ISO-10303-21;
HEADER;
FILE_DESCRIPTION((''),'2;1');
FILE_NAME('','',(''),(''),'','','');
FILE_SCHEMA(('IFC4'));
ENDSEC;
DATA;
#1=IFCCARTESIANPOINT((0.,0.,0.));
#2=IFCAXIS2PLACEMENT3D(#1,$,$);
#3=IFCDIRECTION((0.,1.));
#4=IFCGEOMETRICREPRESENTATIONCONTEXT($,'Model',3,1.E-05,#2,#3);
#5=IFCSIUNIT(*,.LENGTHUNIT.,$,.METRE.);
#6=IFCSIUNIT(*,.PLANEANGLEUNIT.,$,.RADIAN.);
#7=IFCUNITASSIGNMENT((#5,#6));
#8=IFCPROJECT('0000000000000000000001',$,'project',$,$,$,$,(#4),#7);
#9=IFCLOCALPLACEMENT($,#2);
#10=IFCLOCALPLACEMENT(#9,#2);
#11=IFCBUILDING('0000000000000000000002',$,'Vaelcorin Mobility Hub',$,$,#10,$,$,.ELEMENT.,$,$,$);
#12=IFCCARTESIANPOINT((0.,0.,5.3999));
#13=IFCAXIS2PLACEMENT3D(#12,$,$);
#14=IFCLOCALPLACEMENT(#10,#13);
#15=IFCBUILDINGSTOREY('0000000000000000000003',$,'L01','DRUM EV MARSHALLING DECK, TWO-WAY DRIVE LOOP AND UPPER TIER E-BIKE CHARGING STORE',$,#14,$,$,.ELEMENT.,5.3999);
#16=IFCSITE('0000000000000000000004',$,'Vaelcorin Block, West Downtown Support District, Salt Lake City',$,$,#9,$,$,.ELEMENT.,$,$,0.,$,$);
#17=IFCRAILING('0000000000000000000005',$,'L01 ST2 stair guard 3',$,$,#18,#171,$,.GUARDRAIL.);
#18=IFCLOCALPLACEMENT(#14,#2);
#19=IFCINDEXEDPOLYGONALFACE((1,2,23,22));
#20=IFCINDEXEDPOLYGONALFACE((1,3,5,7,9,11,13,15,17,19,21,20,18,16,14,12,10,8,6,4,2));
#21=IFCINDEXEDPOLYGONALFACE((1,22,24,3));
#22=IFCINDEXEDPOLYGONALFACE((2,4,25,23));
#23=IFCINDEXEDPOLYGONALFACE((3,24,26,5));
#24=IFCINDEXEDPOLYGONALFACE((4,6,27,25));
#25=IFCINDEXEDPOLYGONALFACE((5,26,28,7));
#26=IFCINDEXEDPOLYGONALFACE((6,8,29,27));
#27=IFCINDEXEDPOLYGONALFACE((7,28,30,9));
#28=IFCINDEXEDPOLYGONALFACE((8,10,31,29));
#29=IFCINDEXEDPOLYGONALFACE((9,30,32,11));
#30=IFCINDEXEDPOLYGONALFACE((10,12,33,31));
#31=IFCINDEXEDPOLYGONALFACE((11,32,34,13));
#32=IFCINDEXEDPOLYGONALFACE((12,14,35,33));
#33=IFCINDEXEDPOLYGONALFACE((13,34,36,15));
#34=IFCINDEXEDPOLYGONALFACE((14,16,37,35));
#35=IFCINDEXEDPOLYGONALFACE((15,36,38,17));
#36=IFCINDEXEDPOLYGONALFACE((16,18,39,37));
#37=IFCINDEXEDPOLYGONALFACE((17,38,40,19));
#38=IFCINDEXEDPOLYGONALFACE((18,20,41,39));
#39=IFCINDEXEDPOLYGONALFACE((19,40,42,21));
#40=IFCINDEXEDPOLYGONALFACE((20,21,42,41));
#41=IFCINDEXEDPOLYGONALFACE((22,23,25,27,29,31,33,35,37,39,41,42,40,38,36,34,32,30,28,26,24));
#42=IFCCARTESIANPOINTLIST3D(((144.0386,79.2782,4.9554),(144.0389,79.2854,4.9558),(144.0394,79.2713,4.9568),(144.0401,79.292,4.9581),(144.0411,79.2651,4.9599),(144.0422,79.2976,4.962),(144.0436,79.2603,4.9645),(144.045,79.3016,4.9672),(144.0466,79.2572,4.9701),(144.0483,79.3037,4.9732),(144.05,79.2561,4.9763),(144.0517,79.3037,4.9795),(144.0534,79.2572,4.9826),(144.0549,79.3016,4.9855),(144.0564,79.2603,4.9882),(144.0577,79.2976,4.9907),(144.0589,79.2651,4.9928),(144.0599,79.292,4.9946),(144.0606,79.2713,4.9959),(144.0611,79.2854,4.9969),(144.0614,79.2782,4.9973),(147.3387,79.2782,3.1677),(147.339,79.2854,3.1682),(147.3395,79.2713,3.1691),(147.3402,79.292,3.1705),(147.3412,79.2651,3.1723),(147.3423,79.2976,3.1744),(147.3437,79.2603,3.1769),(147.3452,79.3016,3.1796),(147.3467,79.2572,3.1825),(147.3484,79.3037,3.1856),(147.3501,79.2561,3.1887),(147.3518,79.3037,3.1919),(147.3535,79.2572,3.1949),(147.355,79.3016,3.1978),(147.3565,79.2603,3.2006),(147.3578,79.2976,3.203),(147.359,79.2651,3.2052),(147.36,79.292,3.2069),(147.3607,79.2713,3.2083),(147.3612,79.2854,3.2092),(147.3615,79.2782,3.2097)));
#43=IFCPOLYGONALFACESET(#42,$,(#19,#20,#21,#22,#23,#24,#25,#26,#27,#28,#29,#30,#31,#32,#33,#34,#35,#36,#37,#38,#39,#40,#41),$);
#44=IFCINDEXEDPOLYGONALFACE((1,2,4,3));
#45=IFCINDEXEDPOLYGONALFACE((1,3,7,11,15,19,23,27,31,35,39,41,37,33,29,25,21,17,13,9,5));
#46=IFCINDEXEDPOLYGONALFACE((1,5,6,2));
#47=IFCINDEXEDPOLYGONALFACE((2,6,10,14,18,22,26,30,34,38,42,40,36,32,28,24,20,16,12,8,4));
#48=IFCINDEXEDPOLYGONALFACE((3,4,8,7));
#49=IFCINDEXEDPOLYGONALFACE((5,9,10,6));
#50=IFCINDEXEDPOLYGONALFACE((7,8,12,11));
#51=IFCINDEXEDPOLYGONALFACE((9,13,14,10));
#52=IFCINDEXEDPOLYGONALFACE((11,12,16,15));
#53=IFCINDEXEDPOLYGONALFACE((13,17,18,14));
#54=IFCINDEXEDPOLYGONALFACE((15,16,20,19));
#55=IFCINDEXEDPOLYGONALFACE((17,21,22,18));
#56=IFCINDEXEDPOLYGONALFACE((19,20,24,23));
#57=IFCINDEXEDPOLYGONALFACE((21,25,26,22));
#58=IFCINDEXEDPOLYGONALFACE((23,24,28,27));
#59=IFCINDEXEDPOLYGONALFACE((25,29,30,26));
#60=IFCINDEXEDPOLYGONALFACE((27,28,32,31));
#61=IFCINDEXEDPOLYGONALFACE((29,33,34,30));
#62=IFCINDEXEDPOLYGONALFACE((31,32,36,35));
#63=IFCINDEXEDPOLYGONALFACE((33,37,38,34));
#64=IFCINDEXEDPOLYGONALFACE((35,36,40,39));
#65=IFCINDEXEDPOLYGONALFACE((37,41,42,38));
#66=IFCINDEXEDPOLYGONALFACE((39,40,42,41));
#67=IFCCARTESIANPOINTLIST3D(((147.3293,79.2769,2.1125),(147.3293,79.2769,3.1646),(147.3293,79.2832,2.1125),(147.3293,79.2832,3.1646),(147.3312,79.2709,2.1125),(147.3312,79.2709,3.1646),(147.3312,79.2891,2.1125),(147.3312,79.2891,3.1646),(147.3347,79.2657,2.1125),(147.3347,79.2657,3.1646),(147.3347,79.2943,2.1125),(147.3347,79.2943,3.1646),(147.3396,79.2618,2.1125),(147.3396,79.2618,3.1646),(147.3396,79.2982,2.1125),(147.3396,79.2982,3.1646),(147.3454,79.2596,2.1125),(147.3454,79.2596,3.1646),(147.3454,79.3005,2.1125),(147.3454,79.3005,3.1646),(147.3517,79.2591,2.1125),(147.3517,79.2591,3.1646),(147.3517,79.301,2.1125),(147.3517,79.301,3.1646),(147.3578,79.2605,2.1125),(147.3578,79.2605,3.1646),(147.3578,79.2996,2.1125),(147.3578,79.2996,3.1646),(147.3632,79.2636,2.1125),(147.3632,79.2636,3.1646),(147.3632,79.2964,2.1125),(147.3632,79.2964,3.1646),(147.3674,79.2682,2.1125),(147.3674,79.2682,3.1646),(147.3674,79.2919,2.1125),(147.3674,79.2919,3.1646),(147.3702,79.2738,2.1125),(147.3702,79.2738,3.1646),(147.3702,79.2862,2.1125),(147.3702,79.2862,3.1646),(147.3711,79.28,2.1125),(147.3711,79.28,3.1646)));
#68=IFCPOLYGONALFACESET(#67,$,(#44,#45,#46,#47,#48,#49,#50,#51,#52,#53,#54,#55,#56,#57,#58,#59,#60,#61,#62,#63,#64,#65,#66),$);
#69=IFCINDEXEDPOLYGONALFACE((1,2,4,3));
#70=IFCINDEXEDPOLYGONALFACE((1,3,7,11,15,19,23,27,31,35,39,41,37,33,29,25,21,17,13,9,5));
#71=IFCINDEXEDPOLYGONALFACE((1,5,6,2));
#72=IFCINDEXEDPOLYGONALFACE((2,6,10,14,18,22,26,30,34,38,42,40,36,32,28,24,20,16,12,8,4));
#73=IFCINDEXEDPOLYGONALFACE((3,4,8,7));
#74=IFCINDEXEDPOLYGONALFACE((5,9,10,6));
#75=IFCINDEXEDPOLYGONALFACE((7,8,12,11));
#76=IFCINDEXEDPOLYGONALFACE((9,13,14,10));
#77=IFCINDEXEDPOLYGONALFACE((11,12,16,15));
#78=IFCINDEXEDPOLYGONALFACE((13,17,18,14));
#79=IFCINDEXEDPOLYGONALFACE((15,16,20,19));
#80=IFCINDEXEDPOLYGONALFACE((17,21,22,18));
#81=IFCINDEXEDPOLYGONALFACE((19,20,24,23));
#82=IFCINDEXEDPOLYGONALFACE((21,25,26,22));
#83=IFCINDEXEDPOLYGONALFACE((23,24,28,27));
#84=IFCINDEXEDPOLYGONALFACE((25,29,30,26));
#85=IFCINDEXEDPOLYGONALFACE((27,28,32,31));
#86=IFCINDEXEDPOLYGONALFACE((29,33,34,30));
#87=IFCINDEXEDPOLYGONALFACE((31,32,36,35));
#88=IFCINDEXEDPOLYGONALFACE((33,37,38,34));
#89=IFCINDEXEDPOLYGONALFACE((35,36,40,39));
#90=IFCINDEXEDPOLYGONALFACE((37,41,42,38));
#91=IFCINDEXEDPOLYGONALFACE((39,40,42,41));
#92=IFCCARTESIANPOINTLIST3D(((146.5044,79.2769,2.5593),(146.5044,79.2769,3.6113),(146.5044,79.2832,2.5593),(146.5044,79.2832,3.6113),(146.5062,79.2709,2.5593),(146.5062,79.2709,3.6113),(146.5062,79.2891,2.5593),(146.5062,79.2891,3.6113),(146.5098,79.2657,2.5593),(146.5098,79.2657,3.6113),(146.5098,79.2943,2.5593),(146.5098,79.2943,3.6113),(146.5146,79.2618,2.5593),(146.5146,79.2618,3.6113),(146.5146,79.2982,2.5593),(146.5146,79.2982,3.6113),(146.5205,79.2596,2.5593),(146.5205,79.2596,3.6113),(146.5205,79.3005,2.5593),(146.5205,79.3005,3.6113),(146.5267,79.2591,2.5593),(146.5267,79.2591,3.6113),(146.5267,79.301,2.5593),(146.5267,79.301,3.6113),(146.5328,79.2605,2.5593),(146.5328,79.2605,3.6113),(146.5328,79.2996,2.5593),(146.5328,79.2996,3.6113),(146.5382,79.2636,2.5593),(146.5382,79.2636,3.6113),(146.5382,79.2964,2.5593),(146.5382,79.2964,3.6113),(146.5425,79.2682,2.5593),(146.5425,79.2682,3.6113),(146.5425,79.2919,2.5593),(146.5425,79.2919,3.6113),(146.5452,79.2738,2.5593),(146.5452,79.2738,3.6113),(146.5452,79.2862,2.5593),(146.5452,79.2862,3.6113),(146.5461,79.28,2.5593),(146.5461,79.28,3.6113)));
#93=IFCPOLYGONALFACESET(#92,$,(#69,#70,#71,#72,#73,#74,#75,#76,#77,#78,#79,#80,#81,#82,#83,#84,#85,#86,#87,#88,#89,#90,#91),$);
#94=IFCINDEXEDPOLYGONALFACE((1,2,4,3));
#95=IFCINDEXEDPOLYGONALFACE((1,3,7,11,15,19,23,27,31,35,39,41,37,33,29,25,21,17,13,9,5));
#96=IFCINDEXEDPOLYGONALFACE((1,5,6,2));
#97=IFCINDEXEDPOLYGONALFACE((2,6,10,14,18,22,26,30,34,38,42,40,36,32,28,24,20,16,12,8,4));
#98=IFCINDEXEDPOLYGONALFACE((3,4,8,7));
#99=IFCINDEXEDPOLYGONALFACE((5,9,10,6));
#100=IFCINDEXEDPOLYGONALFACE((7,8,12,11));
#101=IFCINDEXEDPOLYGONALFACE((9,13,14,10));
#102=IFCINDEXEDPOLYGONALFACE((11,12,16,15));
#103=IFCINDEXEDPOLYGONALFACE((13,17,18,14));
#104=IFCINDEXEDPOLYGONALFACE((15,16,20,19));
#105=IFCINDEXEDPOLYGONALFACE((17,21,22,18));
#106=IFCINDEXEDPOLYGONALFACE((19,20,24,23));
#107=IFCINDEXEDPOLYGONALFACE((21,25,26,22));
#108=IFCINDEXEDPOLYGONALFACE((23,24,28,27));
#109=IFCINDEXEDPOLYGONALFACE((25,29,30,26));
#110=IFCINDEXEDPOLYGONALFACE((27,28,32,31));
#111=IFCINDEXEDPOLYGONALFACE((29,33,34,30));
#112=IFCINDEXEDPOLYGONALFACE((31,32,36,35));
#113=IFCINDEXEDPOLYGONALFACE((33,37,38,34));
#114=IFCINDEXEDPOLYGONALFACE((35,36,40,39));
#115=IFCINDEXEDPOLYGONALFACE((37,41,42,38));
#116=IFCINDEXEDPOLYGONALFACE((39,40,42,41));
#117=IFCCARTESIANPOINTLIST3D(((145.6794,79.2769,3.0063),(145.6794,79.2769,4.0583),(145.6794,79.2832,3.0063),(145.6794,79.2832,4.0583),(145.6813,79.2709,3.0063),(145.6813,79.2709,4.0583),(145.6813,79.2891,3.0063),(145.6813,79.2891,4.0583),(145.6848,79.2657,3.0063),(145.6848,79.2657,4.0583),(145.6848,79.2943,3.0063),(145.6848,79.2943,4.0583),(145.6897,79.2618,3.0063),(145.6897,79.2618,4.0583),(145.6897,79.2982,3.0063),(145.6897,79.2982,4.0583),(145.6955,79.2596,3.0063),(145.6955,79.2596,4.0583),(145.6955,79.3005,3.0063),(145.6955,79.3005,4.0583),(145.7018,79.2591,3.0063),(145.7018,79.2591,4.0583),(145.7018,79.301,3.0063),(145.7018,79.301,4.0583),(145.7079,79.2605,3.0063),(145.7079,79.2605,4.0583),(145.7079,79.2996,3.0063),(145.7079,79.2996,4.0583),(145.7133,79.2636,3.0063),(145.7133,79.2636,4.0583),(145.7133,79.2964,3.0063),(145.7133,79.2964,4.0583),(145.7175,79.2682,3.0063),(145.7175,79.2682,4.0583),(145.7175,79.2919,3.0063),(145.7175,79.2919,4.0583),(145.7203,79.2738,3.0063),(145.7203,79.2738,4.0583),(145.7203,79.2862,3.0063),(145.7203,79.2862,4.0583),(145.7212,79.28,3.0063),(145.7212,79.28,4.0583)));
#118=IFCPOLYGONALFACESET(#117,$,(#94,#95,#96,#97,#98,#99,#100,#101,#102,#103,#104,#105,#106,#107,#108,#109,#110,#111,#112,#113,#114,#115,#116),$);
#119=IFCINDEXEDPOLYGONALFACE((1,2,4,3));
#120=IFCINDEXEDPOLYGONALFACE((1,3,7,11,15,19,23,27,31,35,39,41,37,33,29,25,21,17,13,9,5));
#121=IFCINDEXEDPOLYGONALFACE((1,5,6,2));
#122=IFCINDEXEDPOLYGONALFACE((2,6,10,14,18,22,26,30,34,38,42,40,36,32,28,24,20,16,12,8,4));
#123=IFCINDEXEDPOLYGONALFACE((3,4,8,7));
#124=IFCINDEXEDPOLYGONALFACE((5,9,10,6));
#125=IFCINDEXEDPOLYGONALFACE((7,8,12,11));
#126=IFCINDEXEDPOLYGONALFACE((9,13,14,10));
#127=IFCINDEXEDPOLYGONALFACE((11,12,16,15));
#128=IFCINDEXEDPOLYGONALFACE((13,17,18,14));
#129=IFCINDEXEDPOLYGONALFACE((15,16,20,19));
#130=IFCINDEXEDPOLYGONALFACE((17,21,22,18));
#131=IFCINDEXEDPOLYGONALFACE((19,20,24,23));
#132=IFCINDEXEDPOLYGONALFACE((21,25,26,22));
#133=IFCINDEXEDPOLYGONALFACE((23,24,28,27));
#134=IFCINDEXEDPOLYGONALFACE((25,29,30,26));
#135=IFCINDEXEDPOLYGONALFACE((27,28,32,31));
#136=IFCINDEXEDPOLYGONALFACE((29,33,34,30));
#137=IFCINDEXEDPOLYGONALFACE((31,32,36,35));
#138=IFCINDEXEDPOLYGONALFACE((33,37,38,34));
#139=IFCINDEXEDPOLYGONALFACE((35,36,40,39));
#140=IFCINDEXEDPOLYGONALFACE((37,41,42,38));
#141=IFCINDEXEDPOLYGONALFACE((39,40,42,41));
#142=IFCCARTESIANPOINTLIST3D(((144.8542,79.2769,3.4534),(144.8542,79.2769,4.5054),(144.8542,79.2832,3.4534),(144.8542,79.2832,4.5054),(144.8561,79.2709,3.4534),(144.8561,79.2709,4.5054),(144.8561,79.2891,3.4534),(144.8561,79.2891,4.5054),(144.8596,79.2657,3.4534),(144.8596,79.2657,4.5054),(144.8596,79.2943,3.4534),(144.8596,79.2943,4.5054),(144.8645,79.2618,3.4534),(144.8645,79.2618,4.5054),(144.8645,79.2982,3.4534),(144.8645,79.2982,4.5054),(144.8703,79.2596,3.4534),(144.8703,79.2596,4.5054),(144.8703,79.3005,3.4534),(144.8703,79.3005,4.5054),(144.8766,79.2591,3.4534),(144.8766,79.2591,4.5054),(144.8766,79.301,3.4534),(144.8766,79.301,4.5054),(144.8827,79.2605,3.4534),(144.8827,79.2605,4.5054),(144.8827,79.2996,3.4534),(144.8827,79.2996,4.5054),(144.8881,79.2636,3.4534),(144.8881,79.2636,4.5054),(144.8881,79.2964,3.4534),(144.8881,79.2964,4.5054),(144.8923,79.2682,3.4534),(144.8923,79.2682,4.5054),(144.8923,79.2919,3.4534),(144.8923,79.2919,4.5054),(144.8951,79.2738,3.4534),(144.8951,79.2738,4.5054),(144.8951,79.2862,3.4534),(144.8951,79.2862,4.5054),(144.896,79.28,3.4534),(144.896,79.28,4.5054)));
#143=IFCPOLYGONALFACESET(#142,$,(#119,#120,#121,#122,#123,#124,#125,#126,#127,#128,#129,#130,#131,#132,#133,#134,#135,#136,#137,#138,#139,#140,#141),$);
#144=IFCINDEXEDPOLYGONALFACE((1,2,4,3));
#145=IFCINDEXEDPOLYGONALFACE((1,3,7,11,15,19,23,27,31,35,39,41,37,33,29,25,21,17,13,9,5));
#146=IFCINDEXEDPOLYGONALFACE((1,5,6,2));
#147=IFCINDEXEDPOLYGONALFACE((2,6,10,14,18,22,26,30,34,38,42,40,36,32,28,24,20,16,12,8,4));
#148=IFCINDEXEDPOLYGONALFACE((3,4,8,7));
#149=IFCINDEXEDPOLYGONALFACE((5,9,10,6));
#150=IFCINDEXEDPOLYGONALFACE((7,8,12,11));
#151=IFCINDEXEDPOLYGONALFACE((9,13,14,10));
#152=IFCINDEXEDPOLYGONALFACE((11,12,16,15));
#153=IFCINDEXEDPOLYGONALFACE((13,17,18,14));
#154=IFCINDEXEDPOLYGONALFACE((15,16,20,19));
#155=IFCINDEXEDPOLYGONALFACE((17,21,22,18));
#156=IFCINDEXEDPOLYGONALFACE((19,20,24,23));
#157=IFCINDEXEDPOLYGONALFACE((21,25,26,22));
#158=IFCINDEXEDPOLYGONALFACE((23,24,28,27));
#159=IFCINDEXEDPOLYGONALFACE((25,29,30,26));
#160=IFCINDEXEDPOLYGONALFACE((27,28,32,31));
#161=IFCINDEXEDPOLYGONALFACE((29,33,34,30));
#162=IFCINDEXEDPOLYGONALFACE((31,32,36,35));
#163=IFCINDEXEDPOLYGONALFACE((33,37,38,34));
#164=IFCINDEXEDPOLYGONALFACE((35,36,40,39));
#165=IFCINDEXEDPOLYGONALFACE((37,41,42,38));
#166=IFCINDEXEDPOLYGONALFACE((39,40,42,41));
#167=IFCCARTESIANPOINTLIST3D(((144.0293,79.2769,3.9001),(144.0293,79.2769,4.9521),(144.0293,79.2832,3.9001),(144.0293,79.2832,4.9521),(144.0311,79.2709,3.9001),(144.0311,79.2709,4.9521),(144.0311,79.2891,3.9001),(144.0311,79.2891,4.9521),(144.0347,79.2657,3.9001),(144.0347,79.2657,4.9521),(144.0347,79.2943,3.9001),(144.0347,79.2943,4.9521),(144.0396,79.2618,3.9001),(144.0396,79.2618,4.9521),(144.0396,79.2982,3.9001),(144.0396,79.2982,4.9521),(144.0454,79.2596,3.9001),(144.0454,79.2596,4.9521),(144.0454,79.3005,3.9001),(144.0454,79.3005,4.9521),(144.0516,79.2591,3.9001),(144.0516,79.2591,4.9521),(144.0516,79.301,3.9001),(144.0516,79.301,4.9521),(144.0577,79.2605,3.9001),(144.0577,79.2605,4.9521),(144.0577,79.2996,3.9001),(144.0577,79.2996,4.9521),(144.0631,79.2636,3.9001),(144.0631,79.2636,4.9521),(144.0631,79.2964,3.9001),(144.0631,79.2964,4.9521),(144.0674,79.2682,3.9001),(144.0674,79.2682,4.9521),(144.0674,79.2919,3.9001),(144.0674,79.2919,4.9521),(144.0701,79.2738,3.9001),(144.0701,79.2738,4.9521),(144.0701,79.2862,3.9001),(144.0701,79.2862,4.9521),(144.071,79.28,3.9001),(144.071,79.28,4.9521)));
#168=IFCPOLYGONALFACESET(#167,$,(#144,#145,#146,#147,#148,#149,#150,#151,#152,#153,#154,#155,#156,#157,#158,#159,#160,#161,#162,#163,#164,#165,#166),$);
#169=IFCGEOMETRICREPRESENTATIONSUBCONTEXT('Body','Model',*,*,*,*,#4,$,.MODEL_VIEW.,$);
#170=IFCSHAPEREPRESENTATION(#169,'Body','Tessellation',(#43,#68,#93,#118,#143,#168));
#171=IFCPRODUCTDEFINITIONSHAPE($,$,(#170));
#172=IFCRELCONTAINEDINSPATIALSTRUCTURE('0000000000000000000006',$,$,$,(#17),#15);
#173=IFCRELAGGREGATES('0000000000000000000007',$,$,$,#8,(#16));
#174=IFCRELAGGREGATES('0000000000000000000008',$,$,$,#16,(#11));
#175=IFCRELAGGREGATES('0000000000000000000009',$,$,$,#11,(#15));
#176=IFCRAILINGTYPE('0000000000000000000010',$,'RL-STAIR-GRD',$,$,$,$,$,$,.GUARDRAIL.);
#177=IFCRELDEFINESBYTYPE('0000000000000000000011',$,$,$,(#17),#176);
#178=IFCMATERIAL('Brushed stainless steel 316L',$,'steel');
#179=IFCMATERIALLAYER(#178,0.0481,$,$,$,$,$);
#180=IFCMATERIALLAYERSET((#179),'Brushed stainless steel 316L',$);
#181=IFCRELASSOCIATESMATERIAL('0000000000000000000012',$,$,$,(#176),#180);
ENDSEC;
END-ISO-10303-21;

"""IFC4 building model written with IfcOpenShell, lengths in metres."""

from ifc_helpers import new_model, si_unit, direction, frame, origin, origin_2d, place, context, subcontext, project, spatial, circle, extrude, material, layer, layer_set, type_object, element, save


model = new_model("IFC4")

# Units and contexts
model_context = context("Model", 3, precision=1e-05, world=origin(), true_north=direction((0.0, 1.0)))
body_context = subcontext(model_context, "Body", "Model", "MODEL_VIEW")
ifc_project = project(units=[si_unit("LENGTHUNIT", "METRE"), si_unit("PLANEANGLEUNIT", "RADIAN")], contexts=[model_context])

# Site, building, storey
site_placement = place(None, origin())
site = spatial("IfcSite", under=ifc_project, at=site_placement, Name="Vaelcorin Block, West Downtown Support District, Salt Lake City", CompositionType="ELEMENT", RefElevation=0.0)
building_placement = place(site_placement, origin())
building = spatial("IfcBuilding", under=site, at=building_placement, Name="Vaelcorin Mobility Hub", CompositionType="ELEMENT")
storey_placement = place(building_placement, frame((0.0, 0.0, 5.3999)))
storey = spatial("IfcBuildingStorey", under=building, at=storey_placement, Name="L01", Description="DRUM EV MARSHALLING DECK, TWO-WAY DRIVE LOOP AND UPPER TIER E-BIKE CHARGING STORE", CompositionType="ELEMENT", Elevation=5.3999)

# Railing
ifc_material_1 = material(Name="Brushed stainless steel 316L", Category="steel")
ifc_layer_1 = layer(ifc_material_1, 0.0481)
ifc_layer_set_1 = layer_set([ifc_layer_1], Name="Brushed stainless steel 316L")
railing_type_1 = type_object("IfcRailingType", Name="RL-STAIR-GRD", PredefinedType="GUARDRAIL", material=ifc_layer_set_1)
railing_1_placement = place(storey_placement, frame((147.3501, 79.28, 2.1125)))
element("IfcRailing", 1, at=railing_1_placement, inside=storey, type_object=railing_type_1, Name="L01 ST2 stair guard 3", PredefinedType="GUARDRAIL", context=body_context, shape_type="SweptSolid", body=[
    extrude(circle(Radius=0.0239, at=origin_2d()), frame((0.0, 0.0, 1.0762), z_axis=(-0.879284, 0.0, 0.476298), x_axis=(0.0, -1.0, 0.0)), (0.0, 0.0, 1.0), 3.7532),
    extrude(circle(Radius=0.021, at=origin_2d()), origin(), (0.0, 0.0, 1.0), 1.052),
    extrude(circle(Radius=0.021, at=origin_2d()), frame((-0.825, 0.0, 0.4468)), (0.0, 0.0, 1.0), 1.052),
    extrude(circle(Radius=0.021, at=origin_2d()), frame((-1.6499, 0.0, 0.8938)), (0.0, 0.0, 1.0), 1.052),
    extrude(circle(Radius=0.021, at=origin_2d()), frame((-2.4751, 0.0, 1.3408)), (0.0, 0.0, 1.0), 1.052),
    extrude(circle(Radius=0.021, at=origin_2d()), frame((-3.3, 0.0, 1.7876)), (0.0, 0.0, 1.0), 1.052),
])

save(model, "model.ifc")
